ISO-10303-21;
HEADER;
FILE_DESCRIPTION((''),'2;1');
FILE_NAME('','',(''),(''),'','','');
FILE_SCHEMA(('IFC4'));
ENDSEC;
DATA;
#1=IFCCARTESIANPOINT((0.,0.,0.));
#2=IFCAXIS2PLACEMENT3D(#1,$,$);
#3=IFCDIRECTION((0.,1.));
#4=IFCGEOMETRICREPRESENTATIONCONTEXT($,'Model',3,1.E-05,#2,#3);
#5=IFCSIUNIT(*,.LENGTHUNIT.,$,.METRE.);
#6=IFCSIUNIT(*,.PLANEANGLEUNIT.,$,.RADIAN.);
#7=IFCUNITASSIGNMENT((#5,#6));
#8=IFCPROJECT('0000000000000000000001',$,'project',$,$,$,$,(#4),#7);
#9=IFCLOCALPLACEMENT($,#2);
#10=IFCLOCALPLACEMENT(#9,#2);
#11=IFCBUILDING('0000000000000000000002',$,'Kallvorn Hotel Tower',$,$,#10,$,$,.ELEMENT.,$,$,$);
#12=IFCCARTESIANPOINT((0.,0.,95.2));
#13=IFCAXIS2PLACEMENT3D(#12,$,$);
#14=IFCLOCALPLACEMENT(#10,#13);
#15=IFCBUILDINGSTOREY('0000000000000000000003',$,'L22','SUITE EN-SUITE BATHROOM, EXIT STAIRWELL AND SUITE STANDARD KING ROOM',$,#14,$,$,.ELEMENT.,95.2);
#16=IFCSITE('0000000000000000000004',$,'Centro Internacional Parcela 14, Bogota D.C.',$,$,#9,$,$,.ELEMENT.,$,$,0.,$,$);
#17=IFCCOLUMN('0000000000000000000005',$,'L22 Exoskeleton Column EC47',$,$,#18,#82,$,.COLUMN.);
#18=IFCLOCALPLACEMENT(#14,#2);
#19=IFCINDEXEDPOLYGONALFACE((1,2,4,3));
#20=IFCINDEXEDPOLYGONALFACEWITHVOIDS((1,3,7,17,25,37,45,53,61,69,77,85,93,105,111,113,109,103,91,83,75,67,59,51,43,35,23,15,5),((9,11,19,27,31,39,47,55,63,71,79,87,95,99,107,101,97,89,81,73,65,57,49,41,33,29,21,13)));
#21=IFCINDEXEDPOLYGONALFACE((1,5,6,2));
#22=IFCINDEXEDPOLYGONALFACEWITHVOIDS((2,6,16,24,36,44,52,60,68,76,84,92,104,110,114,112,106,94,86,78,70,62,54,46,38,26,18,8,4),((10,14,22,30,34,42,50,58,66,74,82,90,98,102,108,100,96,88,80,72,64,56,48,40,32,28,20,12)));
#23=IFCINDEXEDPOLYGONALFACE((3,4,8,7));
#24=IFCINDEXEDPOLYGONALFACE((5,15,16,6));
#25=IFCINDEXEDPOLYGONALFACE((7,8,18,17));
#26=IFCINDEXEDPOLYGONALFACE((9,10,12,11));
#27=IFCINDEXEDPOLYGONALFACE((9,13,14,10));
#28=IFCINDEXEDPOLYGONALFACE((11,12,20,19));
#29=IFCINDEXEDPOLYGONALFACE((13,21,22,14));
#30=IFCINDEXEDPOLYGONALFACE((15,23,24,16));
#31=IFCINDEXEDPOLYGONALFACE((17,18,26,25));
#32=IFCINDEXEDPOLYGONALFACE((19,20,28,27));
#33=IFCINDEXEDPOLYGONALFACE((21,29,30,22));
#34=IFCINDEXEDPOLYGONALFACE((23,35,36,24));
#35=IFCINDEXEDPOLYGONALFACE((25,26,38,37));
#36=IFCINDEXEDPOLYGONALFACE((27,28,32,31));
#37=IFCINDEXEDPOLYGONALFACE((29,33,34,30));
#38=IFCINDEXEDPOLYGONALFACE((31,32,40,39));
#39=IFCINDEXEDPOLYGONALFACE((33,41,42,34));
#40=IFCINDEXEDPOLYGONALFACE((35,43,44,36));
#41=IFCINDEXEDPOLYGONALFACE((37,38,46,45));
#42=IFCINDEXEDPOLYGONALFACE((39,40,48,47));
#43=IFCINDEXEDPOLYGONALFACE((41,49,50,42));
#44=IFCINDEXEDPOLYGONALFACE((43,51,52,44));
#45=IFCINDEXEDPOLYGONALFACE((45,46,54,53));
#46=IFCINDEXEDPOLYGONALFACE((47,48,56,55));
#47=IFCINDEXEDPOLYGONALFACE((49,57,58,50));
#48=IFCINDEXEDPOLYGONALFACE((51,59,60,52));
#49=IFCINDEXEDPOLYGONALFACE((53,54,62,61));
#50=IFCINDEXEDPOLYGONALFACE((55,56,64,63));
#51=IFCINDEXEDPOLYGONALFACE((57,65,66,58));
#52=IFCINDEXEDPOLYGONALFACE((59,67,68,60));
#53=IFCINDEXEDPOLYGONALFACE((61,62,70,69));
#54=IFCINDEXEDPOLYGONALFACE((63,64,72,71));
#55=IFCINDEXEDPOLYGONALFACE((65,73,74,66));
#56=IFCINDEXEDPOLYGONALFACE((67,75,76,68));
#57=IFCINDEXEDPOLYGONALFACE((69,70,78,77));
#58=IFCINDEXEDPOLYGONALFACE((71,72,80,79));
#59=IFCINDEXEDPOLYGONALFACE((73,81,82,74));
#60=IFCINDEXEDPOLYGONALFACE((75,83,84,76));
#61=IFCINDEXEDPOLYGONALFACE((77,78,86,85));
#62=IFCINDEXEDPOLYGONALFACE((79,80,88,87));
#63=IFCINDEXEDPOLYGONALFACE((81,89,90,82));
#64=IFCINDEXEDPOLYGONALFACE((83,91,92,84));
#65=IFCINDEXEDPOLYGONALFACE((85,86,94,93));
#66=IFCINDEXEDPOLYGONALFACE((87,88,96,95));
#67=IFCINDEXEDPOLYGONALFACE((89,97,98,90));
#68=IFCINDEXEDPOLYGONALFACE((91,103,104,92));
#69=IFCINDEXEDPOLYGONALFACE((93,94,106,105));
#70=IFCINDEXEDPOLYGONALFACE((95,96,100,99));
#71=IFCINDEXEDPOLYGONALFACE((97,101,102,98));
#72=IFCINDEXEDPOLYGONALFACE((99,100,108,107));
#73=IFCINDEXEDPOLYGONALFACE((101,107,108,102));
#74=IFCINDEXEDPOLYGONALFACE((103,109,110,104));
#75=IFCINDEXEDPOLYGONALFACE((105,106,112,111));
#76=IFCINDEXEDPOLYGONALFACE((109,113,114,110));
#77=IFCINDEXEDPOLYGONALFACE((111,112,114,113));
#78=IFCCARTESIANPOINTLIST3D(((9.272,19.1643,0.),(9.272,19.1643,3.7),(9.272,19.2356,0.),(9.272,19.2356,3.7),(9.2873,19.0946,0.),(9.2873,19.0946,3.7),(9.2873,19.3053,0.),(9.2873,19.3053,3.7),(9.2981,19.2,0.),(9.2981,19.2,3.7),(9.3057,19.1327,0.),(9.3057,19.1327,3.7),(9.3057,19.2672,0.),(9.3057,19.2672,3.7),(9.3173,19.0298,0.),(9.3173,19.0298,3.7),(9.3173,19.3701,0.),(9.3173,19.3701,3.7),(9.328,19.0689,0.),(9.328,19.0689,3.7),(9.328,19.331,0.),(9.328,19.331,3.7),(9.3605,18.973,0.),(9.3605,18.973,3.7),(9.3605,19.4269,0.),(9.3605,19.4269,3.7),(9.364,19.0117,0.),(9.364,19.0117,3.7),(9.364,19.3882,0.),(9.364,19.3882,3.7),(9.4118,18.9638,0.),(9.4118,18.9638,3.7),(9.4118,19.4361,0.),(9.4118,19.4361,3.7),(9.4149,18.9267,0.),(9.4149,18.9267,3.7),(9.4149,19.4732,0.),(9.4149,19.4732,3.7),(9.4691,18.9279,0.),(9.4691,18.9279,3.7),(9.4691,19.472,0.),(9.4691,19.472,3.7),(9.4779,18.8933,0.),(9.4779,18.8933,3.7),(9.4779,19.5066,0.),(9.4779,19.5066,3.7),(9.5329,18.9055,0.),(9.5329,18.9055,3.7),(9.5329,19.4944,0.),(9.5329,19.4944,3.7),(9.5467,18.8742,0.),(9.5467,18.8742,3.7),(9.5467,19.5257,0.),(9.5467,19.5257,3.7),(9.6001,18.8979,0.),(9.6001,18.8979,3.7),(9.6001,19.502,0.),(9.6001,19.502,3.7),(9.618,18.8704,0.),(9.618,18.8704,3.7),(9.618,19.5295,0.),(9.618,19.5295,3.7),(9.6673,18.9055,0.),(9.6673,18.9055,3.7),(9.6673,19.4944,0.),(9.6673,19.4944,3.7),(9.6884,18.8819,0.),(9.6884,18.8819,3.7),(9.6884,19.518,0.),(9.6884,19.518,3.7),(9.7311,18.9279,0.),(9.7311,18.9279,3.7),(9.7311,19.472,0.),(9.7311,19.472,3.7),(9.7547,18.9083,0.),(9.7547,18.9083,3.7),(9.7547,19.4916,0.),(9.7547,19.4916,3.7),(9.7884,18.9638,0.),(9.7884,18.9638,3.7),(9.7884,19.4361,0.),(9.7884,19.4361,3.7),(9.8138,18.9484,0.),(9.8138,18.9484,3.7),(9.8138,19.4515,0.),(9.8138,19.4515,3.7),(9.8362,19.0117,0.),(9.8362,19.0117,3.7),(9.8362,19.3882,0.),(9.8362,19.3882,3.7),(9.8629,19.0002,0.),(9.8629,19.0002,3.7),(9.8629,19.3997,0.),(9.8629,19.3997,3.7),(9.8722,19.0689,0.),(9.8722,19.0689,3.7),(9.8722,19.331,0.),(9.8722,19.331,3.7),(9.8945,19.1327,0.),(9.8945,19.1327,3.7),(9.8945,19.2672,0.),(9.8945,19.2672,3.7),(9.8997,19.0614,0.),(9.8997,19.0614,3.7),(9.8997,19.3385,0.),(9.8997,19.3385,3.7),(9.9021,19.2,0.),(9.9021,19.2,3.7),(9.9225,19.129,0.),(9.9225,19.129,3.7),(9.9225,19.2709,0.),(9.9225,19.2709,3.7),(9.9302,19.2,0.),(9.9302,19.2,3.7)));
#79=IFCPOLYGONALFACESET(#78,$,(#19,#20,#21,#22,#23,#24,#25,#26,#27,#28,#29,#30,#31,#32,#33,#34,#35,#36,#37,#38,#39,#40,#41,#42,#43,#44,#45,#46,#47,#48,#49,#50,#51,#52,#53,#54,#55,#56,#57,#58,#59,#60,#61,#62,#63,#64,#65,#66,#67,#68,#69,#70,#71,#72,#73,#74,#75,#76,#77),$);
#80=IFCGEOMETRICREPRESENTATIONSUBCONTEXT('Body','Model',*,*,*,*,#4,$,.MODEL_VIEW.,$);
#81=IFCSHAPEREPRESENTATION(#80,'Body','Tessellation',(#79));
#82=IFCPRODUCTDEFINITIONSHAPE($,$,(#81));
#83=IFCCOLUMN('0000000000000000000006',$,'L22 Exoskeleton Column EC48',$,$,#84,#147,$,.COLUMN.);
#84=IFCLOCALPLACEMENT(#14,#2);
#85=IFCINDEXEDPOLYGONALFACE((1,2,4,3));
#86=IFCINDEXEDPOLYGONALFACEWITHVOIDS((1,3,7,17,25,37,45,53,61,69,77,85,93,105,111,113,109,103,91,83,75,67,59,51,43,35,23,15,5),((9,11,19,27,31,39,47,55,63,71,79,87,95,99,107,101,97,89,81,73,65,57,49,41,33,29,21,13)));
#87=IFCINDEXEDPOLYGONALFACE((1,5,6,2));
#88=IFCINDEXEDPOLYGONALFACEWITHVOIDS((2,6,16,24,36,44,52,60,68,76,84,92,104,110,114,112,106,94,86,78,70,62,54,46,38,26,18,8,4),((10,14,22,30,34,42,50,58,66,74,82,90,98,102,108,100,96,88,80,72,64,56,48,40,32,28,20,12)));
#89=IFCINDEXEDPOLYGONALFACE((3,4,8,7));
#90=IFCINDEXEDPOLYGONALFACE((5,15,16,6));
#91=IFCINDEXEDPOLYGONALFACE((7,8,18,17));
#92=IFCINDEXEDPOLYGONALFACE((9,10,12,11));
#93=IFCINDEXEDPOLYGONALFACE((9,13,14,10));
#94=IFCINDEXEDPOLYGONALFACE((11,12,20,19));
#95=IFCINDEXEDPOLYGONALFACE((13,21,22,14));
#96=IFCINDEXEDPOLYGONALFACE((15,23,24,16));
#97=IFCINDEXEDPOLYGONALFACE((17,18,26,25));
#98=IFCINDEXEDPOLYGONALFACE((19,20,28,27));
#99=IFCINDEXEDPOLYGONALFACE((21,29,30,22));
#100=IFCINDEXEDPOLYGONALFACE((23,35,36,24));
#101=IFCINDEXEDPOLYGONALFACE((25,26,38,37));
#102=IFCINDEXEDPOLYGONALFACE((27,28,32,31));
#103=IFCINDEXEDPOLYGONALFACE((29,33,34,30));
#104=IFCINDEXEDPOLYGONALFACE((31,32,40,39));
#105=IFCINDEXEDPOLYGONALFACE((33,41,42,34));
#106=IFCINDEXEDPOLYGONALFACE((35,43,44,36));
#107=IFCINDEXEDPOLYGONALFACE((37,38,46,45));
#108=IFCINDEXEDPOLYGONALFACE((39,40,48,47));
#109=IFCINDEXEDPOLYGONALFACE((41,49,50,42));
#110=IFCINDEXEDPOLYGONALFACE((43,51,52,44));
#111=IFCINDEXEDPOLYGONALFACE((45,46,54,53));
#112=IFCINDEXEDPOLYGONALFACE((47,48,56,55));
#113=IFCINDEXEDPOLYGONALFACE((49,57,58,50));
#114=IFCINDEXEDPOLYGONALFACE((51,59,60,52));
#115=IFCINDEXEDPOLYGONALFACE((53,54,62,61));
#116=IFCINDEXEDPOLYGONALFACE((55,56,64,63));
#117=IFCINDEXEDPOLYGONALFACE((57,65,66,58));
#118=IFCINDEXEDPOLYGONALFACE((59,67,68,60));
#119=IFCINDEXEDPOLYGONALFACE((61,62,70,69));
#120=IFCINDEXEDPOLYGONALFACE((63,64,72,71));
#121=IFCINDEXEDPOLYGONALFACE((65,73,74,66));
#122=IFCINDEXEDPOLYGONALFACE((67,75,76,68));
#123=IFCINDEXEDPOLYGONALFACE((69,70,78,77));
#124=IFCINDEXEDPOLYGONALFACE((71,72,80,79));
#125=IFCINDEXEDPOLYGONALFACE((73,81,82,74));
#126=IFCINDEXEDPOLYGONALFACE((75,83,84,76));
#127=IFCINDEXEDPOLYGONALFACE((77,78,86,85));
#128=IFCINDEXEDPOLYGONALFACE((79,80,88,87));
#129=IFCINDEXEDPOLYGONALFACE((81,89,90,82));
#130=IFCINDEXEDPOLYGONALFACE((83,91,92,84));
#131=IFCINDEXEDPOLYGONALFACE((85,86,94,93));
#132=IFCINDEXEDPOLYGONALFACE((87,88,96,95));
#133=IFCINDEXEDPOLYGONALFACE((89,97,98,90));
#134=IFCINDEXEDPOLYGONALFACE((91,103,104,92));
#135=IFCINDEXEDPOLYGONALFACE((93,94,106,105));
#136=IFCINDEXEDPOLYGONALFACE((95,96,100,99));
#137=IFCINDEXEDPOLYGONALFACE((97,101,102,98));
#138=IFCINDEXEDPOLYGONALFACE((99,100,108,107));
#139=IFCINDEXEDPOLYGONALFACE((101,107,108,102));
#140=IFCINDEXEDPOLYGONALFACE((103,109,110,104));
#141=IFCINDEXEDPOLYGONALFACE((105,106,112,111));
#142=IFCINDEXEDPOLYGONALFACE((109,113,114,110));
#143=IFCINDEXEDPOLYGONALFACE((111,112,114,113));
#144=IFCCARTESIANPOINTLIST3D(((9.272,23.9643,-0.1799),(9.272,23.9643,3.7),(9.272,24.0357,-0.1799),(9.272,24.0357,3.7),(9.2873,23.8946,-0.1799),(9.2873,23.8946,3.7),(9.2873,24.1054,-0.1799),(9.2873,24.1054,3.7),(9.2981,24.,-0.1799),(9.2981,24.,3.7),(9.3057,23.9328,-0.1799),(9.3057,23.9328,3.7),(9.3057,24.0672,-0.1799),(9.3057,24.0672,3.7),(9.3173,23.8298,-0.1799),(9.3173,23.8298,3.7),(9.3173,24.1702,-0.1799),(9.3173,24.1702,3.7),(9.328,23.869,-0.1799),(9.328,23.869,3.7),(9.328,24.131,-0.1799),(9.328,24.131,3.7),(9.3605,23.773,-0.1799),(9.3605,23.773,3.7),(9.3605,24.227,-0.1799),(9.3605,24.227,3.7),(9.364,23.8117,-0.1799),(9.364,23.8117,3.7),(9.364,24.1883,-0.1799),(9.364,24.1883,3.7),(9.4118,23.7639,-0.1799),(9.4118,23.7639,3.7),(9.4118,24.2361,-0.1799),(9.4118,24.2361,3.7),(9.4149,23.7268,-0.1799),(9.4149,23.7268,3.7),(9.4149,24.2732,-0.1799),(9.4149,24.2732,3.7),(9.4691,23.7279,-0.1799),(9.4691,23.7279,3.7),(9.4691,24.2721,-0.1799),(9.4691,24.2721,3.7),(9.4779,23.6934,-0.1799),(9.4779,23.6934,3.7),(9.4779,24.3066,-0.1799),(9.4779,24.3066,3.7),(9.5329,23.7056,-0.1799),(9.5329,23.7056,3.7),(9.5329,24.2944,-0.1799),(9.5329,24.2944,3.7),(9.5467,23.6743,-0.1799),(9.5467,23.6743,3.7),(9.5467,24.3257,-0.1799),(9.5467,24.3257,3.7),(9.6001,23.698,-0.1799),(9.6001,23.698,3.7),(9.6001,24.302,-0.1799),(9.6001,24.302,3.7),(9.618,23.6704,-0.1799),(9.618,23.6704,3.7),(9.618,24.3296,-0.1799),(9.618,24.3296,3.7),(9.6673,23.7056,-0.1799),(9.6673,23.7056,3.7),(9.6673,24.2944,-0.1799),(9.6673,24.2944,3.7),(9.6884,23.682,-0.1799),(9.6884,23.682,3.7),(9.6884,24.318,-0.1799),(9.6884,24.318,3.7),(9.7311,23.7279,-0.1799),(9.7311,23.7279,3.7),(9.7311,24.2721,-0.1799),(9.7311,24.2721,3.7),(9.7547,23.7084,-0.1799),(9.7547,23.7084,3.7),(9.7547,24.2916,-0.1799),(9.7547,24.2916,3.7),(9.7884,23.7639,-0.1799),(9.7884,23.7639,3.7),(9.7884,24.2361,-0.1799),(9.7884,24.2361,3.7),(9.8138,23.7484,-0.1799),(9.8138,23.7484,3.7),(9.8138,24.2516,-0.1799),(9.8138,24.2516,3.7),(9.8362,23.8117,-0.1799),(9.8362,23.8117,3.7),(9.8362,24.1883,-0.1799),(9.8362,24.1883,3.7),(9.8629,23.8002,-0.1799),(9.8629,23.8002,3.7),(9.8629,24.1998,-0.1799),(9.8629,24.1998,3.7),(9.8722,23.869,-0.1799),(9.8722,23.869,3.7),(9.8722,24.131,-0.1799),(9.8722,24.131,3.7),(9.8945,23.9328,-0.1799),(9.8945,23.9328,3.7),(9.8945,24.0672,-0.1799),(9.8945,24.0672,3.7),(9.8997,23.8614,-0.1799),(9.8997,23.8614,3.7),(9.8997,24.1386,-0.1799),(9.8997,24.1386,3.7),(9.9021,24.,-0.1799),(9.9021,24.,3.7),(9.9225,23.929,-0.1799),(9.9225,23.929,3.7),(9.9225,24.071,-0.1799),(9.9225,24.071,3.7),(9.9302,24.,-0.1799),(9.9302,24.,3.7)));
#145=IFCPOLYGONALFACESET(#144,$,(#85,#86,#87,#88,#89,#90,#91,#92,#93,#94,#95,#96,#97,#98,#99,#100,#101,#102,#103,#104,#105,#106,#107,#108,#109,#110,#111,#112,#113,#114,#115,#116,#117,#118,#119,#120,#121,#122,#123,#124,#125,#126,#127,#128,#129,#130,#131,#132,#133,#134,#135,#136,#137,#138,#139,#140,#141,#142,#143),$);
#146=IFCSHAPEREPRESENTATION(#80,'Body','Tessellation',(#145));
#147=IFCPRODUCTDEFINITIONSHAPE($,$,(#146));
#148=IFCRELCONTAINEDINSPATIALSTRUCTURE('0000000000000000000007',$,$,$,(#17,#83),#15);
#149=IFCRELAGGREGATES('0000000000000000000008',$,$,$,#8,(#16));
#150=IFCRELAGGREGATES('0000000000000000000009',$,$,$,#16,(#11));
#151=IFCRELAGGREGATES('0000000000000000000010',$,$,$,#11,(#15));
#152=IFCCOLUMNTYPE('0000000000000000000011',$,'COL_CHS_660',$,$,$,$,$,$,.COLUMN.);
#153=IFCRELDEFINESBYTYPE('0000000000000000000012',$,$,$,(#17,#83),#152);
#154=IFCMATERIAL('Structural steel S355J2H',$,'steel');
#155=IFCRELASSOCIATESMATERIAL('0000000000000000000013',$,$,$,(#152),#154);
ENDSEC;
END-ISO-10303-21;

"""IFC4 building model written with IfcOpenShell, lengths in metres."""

from ifc_helpers import new_model, si_unit, direction, frame, origin, origin_2d, place, context, subcontext, project, spatial, hollow_circle, extrude, material, material_profile, profile_set, type_object, element, save


model = new_model("IFC4")

# Units and contexts
model_context = context("Model", 3, precision=1e-05, world=origin(), true_north=direction((0.0, 1.0)))
body_context = subcontext(model_context, "Body", "Model", "MODEL_VIEW")
ifc_project = project(units=[si_unit("LENGTHUNIT", "METRE"), si_unit("PLANEANGLEUNIT", "RADIAN")], contexts=[model_context])

# Site, building, storey
site_placement = place(None, origin())
site = spatial("IfcSite", under=ifc_project, at=site_placement, Name="Centro Internacional Parcela 14, Bogota D.C.", CompositionType="ELEMENT", RefElevation=0.0)
building_placement = place(site_placement, origin())
building = spatial("IfcBuilding", under=site, at=building_placement, Name="Kallvorn Hotel Tower", CompositionType="ELEMENT")
storey_placement = place(building_placement, frame((0.0, 0.0, 95.2)))
storey = spatial("IfcBuildingStorey", under=building, at=storey_placement, Name="L22", Description="SUITE EN-SUITE BATHROOM, EXIT STAIRWELL AND SUITE STANDARD KING ROOM", CompositionType="ELEMENT", Elevation=95.2)

# Columns
ifc_material_1 = material(Name="Structural steel S355J2H", Category="steel")
ifc_material_profile_1 = material_profile(ifc_material_1, hollow_circle(Radius=0.3301, WallThickness=0.0281, at=origin_2d()), Name="CHS 660x28")
ifc_profile_set_1 = profile_set([ifc_material_profile_1], Name="Structural steel S355J2H")
column_type_1 = type_object("IfcColumnType", Name="COL_CHS_660", PredefinedType="COLUMN", material=ifc_profile_set_1)
column_1_placement = place(storey_placement, frame((9.6001, 19.2, 0.0), z_axis=(0.0, 0.0, 1.0), x_axis=(1.0, 0.0, 0.0)))
element("IfcColumn", 1, at=column_1_placement, inside=storey, type_object=column_type_1, Name="L22 Exoskeleton Column EC47", PredefinedType="COLUMN", context=body_context, shape_type="SweptSolid", body=[
    extrude(hollow_circle(Radius=0.3301, WallThickness=0.0281, at=origin_2d()), origin(), (0.0, 0.0, 1.0), 3.7),
])
column_2_placement = place(storey_placement, frame((9.6001, 24.0, -0.1799), z_axis=(0.0, 0.0, 1.0), x_axis=(1.0, 0.0, 0.0)))
element("IfcColumn", 2, at=column_2_placement, inside=storey, type_object=column_type_1, Name="L22 Exoskeleton Column EC48", PredefinedType="COLUMN", context=body_context, shape_type="SweptSolid", body=[
    extrude(hollow_circle(Radius=0.3301, WallThickness=0.0281, at=origin_2d()), origin(), (0.0, 0.0, 1.0), 3.8799),
])

save(model, "model.ifc")
